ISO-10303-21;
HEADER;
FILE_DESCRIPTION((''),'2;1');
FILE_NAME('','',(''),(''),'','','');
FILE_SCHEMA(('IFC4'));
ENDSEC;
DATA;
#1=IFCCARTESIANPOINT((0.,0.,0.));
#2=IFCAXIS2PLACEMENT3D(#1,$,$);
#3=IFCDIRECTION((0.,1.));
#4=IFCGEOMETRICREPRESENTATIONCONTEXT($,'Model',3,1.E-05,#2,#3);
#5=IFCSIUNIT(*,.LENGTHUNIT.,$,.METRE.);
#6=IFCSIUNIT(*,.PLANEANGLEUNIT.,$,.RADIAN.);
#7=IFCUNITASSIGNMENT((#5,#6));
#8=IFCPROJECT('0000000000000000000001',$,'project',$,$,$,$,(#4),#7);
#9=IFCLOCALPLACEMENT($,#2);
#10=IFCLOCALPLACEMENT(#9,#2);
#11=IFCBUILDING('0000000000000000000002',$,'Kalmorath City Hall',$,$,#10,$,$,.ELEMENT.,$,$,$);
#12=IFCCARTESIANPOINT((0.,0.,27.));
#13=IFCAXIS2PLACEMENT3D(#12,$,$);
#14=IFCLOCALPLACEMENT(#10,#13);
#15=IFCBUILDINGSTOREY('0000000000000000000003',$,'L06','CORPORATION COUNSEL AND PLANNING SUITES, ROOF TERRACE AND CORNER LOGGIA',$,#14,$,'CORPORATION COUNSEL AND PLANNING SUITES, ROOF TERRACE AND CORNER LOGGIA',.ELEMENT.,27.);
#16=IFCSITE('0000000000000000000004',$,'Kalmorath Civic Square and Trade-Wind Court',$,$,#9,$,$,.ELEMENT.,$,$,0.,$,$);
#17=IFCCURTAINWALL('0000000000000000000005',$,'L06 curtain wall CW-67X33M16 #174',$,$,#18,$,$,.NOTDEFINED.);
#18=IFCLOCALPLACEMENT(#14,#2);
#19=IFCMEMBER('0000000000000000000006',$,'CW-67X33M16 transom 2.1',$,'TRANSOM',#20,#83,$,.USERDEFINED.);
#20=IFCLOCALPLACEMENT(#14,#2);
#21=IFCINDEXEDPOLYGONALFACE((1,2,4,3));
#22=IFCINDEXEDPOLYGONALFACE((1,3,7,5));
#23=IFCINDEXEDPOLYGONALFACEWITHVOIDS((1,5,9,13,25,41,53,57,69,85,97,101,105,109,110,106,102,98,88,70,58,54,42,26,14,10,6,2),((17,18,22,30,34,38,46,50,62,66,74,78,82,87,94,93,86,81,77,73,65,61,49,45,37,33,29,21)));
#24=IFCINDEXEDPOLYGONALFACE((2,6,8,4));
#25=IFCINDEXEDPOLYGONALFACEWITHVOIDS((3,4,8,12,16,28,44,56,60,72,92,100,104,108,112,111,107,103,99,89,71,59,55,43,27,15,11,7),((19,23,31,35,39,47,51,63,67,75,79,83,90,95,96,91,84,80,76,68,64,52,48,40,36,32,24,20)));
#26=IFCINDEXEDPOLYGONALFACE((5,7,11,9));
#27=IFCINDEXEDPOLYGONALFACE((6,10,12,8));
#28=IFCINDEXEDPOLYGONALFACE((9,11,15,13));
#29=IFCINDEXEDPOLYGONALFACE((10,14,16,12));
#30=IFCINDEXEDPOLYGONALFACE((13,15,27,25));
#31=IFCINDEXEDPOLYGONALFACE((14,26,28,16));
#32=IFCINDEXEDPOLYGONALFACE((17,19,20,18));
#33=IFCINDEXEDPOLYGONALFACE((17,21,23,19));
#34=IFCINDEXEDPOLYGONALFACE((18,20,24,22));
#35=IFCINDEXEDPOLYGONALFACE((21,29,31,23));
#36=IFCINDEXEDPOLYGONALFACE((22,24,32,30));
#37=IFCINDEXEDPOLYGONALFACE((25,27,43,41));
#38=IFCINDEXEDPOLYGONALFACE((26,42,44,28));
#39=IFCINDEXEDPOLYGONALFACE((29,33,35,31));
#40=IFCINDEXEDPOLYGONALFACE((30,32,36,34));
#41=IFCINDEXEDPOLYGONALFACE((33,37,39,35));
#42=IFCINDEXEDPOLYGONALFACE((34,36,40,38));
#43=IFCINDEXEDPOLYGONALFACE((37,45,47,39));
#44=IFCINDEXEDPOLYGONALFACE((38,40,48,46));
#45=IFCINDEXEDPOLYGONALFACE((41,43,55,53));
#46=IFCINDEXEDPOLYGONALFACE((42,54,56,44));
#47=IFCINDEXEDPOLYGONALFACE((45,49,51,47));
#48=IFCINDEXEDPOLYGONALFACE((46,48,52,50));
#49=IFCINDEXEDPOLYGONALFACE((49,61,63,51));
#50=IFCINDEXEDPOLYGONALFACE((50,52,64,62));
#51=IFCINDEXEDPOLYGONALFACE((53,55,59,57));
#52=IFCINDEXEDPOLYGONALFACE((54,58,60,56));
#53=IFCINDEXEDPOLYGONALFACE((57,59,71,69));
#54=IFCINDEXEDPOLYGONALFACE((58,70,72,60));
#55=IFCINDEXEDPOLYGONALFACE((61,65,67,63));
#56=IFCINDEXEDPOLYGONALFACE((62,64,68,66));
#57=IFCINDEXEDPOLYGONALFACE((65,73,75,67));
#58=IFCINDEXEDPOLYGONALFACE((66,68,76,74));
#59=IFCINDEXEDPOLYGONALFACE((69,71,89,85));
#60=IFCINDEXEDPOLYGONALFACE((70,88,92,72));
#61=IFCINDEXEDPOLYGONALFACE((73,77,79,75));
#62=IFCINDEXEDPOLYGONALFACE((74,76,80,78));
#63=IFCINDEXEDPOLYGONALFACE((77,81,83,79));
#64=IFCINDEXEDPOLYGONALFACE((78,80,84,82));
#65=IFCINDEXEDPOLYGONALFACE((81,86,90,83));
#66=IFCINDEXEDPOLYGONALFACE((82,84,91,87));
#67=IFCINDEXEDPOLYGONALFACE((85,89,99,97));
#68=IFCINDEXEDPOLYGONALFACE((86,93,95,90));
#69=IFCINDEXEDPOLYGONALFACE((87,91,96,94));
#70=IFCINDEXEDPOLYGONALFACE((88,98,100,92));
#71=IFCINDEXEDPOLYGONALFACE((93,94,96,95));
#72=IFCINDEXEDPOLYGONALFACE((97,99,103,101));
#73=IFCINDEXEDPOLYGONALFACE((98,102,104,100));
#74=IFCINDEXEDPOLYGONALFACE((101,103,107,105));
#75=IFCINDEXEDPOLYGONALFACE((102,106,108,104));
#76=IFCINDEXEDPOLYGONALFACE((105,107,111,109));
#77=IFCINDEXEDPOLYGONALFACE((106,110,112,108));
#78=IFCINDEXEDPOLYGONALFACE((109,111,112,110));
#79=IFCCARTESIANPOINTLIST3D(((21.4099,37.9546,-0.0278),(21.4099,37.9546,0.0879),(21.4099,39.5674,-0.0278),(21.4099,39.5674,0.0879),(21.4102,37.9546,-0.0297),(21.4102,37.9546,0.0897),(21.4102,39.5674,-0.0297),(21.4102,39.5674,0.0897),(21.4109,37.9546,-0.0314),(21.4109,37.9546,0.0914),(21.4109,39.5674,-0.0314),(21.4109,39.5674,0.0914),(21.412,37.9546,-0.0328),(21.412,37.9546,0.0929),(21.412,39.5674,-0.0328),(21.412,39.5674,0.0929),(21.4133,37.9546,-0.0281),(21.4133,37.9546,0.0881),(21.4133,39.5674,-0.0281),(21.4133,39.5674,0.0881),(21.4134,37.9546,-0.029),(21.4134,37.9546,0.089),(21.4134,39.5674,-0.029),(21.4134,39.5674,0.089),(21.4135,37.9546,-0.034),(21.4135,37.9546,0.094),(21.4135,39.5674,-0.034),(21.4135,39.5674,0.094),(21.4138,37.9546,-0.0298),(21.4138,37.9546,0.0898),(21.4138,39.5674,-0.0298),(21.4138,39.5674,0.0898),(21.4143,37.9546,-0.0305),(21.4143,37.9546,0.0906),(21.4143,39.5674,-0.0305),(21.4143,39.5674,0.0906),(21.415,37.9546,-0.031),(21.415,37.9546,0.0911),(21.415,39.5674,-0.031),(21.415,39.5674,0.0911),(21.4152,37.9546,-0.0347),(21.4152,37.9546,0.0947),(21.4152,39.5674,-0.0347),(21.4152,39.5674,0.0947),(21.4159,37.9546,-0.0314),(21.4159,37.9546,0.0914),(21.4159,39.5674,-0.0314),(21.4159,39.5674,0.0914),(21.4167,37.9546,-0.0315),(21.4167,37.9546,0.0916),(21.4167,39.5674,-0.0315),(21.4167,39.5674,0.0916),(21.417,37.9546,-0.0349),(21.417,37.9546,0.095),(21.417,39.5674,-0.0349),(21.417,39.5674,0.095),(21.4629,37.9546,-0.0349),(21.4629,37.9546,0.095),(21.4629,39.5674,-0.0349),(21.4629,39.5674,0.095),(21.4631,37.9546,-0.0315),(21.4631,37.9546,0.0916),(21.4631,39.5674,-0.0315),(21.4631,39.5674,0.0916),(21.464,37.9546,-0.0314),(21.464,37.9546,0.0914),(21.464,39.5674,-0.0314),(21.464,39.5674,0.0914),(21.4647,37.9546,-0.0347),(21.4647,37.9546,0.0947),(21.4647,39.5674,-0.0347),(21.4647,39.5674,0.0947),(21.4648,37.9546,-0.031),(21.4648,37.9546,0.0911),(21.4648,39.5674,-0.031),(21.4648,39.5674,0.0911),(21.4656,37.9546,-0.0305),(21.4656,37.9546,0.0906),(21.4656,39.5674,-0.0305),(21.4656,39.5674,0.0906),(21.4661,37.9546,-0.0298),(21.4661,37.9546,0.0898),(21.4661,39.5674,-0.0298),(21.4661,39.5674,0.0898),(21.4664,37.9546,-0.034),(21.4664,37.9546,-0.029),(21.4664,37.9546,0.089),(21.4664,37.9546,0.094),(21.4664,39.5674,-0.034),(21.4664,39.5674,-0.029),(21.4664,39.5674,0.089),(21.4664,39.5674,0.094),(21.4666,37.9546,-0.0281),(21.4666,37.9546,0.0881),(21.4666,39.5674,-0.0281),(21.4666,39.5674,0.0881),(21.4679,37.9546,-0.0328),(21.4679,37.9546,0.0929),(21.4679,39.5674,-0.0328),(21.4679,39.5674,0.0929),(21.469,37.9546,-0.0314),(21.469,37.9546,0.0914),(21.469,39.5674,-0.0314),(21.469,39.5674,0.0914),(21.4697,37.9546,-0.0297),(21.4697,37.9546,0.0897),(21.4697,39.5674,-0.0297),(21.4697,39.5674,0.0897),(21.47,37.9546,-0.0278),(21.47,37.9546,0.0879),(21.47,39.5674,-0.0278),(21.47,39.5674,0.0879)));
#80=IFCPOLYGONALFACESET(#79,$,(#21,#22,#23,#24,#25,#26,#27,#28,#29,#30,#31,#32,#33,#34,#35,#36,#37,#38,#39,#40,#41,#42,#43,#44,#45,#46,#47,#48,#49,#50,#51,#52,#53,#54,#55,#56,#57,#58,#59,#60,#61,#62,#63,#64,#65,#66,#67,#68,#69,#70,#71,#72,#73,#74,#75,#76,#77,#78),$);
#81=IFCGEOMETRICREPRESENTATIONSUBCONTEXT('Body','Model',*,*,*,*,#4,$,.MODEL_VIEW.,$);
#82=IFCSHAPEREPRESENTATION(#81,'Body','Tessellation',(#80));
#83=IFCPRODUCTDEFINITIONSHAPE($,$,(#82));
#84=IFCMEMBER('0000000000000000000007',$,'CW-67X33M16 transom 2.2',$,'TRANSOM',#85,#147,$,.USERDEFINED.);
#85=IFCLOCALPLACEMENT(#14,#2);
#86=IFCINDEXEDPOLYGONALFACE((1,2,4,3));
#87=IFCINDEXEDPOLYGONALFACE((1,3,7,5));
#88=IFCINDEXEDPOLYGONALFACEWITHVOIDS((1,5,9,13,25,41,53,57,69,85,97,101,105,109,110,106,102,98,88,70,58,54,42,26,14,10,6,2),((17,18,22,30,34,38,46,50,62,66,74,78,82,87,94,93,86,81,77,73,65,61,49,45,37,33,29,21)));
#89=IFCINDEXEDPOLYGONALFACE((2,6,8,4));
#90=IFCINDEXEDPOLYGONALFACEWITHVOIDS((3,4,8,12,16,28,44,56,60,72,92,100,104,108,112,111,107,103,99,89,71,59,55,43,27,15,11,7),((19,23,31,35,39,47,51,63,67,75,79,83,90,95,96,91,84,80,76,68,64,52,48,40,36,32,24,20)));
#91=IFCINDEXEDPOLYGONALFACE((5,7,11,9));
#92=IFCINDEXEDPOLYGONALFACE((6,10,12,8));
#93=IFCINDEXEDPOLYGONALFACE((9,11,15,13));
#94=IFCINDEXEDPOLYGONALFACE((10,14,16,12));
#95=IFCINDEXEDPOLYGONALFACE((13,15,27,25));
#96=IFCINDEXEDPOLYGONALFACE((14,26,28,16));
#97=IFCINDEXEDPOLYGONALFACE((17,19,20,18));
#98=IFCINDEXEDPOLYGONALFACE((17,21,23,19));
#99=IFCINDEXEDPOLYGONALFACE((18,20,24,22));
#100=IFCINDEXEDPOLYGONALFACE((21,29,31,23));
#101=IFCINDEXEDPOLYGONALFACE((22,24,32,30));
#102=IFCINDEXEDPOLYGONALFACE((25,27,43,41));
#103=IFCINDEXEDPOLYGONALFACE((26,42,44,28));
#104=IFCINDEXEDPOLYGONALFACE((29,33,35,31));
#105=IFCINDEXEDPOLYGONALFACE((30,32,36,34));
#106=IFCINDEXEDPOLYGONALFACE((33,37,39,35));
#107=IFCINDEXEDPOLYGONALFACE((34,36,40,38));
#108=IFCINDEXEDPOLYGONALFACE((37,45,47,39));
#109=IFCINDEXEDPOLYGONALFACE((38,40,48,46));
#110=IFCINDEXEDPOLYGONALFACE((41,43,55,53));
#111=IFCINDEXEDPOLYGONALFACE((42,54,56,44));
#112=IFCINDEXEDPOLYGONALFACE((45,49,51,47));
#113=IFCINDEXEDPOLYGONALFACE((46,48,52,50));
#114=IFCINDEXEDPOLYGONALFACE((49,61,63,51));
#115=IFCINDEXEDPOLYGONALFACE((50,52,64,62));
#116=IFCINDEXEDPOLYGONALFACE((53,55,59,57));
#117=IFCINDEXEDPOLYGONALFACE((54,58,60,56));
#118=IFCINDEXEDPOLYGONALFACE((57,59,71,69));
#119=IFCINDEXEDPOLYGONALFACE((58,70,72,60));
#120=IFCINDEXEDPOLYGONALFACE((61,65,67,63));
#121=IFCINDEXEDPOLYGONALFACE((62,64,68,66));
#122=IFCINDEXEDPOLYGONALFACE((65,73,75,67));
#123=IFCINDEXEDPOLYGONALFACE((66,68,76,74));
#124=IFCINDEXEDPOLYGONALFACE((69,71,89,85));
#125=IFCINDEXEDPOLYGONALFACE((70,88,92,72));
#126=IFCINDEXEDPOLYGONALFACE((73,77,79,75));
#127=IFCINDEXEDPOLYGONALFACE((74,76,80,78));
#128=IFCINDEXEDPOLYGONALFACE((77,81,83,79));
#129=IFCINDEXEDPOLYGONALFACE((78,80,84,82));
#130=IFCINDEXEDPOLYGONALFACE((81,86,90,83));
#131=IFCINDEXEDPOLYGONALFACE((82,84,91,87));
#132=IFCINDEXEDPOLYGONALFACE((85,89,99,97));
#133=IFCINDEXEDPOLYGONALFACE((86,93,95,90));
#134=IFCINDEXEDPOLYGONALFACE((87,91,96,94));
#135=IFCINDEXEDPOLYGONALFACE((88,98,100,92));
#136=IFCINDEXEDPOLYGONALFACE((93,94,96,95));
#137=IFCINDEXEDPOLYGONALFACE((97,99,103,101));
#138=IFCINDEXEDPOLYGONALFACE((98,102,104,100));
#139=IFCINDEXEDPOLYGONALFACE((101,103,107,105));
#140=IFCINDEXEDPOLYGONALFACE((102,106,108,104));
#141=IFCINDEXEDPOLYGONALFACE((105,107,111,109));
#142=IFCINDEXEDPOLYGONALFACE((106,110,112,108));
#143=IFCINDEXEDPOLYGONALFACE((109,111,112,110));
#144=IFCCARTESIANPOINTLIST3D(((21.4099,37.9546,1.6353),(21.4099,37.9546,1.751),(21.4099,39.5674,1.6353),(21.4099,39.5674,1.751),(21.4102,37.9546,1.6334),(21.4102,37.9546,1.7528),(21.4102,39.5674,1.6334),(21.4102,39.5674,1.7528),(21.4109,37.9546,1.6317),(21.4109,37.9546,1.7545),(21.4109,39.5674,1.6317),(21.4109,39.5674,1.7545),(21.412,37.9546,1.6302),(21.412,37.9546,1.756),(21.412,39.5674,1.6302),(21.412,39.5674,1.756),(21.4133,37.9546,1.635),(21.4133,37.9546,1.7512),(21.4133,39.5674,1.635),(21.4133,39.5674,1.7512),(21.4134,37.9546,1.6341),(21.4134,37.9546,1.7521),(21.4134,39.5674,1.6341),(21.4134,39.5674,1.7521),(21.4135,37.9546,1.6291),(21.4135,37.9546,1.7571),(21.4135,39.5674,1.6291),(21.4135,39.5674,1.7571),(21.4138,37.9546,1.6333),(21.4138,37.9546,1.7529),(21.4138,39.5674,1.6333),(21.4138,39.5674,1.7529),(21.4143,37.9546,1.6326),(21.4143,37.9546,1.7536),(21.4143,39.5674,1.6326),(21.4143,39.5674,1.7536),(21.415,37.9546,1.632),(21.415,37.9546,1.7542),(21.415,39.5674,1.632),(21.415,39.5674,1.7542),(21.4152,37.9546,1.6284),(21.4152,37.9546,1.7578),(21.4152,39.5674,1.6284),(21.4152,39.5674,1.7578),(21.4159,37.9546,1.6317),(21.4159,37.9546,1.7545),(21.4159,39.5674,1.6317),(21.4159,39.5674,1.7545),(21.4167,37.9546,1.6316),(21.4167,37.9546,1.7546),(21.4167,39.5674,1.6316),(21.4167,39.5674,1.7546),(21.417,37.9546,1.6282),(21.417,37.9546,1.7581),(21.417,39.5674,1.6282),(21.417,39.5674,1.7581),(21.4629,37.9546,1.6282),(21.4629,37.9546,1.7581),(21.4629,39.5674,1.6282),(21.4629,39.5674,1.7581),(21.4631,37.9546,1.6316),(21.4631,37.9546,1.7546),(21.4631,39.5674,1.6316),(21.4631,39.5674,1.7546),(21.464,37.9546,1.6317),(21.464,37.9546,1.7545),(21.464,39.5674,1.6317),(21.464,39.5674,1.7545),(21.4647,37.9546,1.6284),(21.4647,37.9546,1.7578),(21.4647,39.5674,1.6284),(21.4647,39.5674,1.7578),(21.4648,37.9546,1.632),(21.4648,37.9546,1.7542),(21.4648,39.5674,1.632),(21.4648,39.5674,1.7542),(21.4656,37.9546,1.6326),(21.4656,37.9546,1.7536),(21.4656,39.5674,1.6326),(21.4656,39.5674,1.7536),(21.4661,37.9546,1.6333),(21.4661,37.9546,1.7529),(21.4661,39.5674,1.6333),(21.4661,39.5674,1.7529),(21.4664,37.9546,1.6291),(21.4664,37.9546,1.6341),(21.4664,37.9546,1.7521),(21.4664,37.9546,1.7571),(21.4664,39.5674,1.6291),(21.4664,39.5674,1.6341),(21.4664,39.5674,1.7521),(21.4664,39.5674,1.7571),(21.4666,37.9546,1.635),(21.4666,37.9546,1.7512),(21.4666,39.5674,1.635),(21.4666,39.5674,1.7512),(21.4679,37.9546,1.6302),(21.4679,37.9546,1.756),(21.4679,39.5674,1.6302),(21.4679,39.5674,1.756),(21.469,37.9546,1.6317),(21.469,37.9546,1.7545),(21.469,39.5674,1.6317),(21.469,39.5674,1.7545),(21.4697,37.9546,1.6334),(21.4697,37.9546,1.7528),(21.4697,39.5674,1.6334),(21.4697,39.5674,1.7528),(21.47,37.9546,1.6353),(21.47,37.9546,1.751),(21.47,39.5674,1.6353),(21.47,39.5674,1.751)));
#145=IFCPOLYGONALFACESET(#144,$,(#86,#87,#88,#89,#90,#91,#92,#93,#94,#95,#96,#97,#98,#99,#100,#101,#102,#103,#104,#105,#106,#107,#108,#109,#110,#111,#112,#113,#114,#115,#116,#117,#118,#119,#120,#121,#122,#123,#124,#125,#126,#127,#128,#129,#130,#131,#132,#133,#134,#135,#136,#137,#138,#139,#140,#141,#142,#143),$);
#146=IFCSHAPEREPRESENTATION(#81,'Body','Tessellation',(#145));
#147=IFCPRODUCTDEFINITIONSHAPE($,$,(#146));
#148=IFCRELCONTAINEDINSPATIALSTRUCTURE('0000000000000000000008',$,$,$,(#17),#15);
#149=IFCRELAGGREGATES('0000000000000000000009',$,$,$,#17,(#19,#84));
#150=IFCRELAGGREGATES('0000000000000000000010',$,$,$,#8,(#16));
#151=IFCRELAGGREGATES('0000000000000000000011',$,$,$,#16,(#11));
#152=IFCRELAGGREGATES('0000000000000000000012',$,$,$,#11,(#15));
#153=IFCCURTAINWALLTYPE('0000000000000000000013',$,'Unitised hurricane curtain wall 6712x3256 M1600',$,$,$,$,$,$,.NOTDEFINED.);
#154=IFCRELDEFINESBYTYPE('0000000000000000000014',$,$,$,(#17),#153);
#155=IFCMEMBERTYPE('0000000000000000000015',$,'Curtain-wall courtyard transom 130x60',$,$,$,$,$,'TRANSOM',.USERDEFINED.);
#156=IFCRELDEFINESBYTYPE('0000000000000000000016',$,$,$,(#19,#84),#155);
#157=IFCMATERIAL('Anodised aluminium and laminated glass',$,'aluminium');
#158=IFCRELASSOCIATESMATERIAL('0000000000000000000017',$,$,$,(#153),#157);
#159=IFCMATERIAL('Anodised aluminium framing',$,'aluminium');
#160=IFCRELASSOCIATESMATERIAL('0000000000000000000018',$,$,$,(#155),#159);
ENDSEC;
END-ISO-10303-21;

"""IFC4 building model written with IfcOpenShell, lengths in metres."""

from ifc_helpers import new_model, si_unit, direction, frame, origin, origin_2d, place, context, subcontext, project, spatial, hollow_rectangle, extrude, material, material_profile, profile_set, type_object, element, aggregate, save


model = new_model("IFC4")

# Units and contexts
model_context = context("Model", 3, precision=1e-05, world=origin(), true_north=direction((0.0, 1.0)))
body_context = subcontext(model_context, "Body", "Model", "MODEL_VIEW")
ifc_project = project(units=[si_unit("LENGTHUNIT", "METRE"), si_unit("PLANEANGLEUNIT", "RADIAN")], contexts=[model_context])

# Site, building, storey
site_placement = place(None, origin())
site = spatial("IfcSite", under=ifc_project, at=site_placement, Name="Kalmorath Civic Square and Trade-Wind Court", CompositionType="ELEMENT", RefElevation=0.0)
building_placement = place(site_placement, origin())
building = spatial("IfcBuilding", under=site, at=building_placement, Name="Kalmorath City Hall", CompositionType="ELEMENT")
storey_placement = place(building_placement, frame((0.0, 0.0, 27.0)))
storey = spatial("IfcBuildingStorey", under=building, at=storey_placement, Name="L06", Description="CORPORATION COUNSEL AND PLANNING SUITES, ROOF TERRACE AND CORNER LOGGIA", LongName="CORPORATION COUNSEL AND PLANNING SUITES, ROOF TERRACE AND CORNER LOGGIA", CompositionType="ELEMENT", Elevation=27.0)

# Curtain wall, members
ifc_material_1 = material(Name="Anodised aluminium and laminated glass", Category="aluminium")
curtain_wall_type = type_object("IfcCurtainWallType", Name="Unitised hurricane curtain wall 6712x3256 M1600", PredefinedType="NOTDEFINED", material=ifc_material_1)
curtain_wall_placement = place(storey_placement, origin())
curtain_wall = element("IfcCurtainWall", 1, at=curtain_wall_placement, inside=storey, type_object=curtain_wall_type, Name="L06 curtain wall CW-67X33M16 #174", PredefinedType="NOTDEFINED")
ifc_material_2 = material(Name="Anodised aluminium framing", Category="aluminium")
ifc_material_profile_1 = material_profile(ifc_material_2, hollow_rectangle(XDim=0.0601, YDim=0.1299, WallThickness=0.0034, InnerFilletRadius=0.0034, OuterFilletRadius=0.0071, at=origin_2d()), Name="ALU-TRN-130X60X3.5")
ifc_profile_set_1 = profile_set([ifc_material_profile_1], Name="Anodised aluminium framing")
member_type_1 = type_object("IfcMemberType", Name="Curtain-wall courtyard transom 130x60", ElementType="TRANSOM", PredefinedType="USERDEFINED", material=ifc_profile_set_1)
member_1_placement = place(storey_placement, frame((21.4399, 37.9546, 0.03), z_axis=(0.0, 1.0, 0.0), x_axis=(-1.0, 0.0, 0.0)))
member_1 = element("IfcMember", 2, at=member_1_placement, type_object=member_type_1, Name="CW-67X33M16 transom 2.1", ObjectType="TRANSOM", PredefinedType="USERDEFINED", context=body_context, shape_type="SweptSolid", body=[
    extrude(hollow_rectangle(XDim=0.0601, YDim=0.1299, WallThickness=0.0034, InnerFilletRadius=0.0034, OuterFilletRadius=0.0071, at=origin_2d()), origin(), (0.0, 0.0, 1.0), 1.6128),
])
member_2_placement = place(storey_placement, frame((21.4399, 37.9546, 1.6931), z_axis=(0.0, 1.0, 0.0), x_axis=(-1.0, 0.0, 0.0)))
member_2 = element("IfcMember", 3, at=member_2_placement, type_object=member_type_1, Name="CW-67X33M16 transom 2.2", ObjectType="TRANSOM", PredefinedType="USERDEFINED", context=body_context, shape_type="SweptSolid", body=[
    extrude(hollow_rectangle(XDim=0.0601, YDim=0.1299, WallThickness=0.0034, InnerFilletRadius=0.0034, OuterFilletRadius=0.0071, at=origin_2d()), origin(), (0.0, 0.0, 1.0), 1.6128),
])

aggregate(curtain_wall, [member_1, member_2])

save(model, "model.ifc")
